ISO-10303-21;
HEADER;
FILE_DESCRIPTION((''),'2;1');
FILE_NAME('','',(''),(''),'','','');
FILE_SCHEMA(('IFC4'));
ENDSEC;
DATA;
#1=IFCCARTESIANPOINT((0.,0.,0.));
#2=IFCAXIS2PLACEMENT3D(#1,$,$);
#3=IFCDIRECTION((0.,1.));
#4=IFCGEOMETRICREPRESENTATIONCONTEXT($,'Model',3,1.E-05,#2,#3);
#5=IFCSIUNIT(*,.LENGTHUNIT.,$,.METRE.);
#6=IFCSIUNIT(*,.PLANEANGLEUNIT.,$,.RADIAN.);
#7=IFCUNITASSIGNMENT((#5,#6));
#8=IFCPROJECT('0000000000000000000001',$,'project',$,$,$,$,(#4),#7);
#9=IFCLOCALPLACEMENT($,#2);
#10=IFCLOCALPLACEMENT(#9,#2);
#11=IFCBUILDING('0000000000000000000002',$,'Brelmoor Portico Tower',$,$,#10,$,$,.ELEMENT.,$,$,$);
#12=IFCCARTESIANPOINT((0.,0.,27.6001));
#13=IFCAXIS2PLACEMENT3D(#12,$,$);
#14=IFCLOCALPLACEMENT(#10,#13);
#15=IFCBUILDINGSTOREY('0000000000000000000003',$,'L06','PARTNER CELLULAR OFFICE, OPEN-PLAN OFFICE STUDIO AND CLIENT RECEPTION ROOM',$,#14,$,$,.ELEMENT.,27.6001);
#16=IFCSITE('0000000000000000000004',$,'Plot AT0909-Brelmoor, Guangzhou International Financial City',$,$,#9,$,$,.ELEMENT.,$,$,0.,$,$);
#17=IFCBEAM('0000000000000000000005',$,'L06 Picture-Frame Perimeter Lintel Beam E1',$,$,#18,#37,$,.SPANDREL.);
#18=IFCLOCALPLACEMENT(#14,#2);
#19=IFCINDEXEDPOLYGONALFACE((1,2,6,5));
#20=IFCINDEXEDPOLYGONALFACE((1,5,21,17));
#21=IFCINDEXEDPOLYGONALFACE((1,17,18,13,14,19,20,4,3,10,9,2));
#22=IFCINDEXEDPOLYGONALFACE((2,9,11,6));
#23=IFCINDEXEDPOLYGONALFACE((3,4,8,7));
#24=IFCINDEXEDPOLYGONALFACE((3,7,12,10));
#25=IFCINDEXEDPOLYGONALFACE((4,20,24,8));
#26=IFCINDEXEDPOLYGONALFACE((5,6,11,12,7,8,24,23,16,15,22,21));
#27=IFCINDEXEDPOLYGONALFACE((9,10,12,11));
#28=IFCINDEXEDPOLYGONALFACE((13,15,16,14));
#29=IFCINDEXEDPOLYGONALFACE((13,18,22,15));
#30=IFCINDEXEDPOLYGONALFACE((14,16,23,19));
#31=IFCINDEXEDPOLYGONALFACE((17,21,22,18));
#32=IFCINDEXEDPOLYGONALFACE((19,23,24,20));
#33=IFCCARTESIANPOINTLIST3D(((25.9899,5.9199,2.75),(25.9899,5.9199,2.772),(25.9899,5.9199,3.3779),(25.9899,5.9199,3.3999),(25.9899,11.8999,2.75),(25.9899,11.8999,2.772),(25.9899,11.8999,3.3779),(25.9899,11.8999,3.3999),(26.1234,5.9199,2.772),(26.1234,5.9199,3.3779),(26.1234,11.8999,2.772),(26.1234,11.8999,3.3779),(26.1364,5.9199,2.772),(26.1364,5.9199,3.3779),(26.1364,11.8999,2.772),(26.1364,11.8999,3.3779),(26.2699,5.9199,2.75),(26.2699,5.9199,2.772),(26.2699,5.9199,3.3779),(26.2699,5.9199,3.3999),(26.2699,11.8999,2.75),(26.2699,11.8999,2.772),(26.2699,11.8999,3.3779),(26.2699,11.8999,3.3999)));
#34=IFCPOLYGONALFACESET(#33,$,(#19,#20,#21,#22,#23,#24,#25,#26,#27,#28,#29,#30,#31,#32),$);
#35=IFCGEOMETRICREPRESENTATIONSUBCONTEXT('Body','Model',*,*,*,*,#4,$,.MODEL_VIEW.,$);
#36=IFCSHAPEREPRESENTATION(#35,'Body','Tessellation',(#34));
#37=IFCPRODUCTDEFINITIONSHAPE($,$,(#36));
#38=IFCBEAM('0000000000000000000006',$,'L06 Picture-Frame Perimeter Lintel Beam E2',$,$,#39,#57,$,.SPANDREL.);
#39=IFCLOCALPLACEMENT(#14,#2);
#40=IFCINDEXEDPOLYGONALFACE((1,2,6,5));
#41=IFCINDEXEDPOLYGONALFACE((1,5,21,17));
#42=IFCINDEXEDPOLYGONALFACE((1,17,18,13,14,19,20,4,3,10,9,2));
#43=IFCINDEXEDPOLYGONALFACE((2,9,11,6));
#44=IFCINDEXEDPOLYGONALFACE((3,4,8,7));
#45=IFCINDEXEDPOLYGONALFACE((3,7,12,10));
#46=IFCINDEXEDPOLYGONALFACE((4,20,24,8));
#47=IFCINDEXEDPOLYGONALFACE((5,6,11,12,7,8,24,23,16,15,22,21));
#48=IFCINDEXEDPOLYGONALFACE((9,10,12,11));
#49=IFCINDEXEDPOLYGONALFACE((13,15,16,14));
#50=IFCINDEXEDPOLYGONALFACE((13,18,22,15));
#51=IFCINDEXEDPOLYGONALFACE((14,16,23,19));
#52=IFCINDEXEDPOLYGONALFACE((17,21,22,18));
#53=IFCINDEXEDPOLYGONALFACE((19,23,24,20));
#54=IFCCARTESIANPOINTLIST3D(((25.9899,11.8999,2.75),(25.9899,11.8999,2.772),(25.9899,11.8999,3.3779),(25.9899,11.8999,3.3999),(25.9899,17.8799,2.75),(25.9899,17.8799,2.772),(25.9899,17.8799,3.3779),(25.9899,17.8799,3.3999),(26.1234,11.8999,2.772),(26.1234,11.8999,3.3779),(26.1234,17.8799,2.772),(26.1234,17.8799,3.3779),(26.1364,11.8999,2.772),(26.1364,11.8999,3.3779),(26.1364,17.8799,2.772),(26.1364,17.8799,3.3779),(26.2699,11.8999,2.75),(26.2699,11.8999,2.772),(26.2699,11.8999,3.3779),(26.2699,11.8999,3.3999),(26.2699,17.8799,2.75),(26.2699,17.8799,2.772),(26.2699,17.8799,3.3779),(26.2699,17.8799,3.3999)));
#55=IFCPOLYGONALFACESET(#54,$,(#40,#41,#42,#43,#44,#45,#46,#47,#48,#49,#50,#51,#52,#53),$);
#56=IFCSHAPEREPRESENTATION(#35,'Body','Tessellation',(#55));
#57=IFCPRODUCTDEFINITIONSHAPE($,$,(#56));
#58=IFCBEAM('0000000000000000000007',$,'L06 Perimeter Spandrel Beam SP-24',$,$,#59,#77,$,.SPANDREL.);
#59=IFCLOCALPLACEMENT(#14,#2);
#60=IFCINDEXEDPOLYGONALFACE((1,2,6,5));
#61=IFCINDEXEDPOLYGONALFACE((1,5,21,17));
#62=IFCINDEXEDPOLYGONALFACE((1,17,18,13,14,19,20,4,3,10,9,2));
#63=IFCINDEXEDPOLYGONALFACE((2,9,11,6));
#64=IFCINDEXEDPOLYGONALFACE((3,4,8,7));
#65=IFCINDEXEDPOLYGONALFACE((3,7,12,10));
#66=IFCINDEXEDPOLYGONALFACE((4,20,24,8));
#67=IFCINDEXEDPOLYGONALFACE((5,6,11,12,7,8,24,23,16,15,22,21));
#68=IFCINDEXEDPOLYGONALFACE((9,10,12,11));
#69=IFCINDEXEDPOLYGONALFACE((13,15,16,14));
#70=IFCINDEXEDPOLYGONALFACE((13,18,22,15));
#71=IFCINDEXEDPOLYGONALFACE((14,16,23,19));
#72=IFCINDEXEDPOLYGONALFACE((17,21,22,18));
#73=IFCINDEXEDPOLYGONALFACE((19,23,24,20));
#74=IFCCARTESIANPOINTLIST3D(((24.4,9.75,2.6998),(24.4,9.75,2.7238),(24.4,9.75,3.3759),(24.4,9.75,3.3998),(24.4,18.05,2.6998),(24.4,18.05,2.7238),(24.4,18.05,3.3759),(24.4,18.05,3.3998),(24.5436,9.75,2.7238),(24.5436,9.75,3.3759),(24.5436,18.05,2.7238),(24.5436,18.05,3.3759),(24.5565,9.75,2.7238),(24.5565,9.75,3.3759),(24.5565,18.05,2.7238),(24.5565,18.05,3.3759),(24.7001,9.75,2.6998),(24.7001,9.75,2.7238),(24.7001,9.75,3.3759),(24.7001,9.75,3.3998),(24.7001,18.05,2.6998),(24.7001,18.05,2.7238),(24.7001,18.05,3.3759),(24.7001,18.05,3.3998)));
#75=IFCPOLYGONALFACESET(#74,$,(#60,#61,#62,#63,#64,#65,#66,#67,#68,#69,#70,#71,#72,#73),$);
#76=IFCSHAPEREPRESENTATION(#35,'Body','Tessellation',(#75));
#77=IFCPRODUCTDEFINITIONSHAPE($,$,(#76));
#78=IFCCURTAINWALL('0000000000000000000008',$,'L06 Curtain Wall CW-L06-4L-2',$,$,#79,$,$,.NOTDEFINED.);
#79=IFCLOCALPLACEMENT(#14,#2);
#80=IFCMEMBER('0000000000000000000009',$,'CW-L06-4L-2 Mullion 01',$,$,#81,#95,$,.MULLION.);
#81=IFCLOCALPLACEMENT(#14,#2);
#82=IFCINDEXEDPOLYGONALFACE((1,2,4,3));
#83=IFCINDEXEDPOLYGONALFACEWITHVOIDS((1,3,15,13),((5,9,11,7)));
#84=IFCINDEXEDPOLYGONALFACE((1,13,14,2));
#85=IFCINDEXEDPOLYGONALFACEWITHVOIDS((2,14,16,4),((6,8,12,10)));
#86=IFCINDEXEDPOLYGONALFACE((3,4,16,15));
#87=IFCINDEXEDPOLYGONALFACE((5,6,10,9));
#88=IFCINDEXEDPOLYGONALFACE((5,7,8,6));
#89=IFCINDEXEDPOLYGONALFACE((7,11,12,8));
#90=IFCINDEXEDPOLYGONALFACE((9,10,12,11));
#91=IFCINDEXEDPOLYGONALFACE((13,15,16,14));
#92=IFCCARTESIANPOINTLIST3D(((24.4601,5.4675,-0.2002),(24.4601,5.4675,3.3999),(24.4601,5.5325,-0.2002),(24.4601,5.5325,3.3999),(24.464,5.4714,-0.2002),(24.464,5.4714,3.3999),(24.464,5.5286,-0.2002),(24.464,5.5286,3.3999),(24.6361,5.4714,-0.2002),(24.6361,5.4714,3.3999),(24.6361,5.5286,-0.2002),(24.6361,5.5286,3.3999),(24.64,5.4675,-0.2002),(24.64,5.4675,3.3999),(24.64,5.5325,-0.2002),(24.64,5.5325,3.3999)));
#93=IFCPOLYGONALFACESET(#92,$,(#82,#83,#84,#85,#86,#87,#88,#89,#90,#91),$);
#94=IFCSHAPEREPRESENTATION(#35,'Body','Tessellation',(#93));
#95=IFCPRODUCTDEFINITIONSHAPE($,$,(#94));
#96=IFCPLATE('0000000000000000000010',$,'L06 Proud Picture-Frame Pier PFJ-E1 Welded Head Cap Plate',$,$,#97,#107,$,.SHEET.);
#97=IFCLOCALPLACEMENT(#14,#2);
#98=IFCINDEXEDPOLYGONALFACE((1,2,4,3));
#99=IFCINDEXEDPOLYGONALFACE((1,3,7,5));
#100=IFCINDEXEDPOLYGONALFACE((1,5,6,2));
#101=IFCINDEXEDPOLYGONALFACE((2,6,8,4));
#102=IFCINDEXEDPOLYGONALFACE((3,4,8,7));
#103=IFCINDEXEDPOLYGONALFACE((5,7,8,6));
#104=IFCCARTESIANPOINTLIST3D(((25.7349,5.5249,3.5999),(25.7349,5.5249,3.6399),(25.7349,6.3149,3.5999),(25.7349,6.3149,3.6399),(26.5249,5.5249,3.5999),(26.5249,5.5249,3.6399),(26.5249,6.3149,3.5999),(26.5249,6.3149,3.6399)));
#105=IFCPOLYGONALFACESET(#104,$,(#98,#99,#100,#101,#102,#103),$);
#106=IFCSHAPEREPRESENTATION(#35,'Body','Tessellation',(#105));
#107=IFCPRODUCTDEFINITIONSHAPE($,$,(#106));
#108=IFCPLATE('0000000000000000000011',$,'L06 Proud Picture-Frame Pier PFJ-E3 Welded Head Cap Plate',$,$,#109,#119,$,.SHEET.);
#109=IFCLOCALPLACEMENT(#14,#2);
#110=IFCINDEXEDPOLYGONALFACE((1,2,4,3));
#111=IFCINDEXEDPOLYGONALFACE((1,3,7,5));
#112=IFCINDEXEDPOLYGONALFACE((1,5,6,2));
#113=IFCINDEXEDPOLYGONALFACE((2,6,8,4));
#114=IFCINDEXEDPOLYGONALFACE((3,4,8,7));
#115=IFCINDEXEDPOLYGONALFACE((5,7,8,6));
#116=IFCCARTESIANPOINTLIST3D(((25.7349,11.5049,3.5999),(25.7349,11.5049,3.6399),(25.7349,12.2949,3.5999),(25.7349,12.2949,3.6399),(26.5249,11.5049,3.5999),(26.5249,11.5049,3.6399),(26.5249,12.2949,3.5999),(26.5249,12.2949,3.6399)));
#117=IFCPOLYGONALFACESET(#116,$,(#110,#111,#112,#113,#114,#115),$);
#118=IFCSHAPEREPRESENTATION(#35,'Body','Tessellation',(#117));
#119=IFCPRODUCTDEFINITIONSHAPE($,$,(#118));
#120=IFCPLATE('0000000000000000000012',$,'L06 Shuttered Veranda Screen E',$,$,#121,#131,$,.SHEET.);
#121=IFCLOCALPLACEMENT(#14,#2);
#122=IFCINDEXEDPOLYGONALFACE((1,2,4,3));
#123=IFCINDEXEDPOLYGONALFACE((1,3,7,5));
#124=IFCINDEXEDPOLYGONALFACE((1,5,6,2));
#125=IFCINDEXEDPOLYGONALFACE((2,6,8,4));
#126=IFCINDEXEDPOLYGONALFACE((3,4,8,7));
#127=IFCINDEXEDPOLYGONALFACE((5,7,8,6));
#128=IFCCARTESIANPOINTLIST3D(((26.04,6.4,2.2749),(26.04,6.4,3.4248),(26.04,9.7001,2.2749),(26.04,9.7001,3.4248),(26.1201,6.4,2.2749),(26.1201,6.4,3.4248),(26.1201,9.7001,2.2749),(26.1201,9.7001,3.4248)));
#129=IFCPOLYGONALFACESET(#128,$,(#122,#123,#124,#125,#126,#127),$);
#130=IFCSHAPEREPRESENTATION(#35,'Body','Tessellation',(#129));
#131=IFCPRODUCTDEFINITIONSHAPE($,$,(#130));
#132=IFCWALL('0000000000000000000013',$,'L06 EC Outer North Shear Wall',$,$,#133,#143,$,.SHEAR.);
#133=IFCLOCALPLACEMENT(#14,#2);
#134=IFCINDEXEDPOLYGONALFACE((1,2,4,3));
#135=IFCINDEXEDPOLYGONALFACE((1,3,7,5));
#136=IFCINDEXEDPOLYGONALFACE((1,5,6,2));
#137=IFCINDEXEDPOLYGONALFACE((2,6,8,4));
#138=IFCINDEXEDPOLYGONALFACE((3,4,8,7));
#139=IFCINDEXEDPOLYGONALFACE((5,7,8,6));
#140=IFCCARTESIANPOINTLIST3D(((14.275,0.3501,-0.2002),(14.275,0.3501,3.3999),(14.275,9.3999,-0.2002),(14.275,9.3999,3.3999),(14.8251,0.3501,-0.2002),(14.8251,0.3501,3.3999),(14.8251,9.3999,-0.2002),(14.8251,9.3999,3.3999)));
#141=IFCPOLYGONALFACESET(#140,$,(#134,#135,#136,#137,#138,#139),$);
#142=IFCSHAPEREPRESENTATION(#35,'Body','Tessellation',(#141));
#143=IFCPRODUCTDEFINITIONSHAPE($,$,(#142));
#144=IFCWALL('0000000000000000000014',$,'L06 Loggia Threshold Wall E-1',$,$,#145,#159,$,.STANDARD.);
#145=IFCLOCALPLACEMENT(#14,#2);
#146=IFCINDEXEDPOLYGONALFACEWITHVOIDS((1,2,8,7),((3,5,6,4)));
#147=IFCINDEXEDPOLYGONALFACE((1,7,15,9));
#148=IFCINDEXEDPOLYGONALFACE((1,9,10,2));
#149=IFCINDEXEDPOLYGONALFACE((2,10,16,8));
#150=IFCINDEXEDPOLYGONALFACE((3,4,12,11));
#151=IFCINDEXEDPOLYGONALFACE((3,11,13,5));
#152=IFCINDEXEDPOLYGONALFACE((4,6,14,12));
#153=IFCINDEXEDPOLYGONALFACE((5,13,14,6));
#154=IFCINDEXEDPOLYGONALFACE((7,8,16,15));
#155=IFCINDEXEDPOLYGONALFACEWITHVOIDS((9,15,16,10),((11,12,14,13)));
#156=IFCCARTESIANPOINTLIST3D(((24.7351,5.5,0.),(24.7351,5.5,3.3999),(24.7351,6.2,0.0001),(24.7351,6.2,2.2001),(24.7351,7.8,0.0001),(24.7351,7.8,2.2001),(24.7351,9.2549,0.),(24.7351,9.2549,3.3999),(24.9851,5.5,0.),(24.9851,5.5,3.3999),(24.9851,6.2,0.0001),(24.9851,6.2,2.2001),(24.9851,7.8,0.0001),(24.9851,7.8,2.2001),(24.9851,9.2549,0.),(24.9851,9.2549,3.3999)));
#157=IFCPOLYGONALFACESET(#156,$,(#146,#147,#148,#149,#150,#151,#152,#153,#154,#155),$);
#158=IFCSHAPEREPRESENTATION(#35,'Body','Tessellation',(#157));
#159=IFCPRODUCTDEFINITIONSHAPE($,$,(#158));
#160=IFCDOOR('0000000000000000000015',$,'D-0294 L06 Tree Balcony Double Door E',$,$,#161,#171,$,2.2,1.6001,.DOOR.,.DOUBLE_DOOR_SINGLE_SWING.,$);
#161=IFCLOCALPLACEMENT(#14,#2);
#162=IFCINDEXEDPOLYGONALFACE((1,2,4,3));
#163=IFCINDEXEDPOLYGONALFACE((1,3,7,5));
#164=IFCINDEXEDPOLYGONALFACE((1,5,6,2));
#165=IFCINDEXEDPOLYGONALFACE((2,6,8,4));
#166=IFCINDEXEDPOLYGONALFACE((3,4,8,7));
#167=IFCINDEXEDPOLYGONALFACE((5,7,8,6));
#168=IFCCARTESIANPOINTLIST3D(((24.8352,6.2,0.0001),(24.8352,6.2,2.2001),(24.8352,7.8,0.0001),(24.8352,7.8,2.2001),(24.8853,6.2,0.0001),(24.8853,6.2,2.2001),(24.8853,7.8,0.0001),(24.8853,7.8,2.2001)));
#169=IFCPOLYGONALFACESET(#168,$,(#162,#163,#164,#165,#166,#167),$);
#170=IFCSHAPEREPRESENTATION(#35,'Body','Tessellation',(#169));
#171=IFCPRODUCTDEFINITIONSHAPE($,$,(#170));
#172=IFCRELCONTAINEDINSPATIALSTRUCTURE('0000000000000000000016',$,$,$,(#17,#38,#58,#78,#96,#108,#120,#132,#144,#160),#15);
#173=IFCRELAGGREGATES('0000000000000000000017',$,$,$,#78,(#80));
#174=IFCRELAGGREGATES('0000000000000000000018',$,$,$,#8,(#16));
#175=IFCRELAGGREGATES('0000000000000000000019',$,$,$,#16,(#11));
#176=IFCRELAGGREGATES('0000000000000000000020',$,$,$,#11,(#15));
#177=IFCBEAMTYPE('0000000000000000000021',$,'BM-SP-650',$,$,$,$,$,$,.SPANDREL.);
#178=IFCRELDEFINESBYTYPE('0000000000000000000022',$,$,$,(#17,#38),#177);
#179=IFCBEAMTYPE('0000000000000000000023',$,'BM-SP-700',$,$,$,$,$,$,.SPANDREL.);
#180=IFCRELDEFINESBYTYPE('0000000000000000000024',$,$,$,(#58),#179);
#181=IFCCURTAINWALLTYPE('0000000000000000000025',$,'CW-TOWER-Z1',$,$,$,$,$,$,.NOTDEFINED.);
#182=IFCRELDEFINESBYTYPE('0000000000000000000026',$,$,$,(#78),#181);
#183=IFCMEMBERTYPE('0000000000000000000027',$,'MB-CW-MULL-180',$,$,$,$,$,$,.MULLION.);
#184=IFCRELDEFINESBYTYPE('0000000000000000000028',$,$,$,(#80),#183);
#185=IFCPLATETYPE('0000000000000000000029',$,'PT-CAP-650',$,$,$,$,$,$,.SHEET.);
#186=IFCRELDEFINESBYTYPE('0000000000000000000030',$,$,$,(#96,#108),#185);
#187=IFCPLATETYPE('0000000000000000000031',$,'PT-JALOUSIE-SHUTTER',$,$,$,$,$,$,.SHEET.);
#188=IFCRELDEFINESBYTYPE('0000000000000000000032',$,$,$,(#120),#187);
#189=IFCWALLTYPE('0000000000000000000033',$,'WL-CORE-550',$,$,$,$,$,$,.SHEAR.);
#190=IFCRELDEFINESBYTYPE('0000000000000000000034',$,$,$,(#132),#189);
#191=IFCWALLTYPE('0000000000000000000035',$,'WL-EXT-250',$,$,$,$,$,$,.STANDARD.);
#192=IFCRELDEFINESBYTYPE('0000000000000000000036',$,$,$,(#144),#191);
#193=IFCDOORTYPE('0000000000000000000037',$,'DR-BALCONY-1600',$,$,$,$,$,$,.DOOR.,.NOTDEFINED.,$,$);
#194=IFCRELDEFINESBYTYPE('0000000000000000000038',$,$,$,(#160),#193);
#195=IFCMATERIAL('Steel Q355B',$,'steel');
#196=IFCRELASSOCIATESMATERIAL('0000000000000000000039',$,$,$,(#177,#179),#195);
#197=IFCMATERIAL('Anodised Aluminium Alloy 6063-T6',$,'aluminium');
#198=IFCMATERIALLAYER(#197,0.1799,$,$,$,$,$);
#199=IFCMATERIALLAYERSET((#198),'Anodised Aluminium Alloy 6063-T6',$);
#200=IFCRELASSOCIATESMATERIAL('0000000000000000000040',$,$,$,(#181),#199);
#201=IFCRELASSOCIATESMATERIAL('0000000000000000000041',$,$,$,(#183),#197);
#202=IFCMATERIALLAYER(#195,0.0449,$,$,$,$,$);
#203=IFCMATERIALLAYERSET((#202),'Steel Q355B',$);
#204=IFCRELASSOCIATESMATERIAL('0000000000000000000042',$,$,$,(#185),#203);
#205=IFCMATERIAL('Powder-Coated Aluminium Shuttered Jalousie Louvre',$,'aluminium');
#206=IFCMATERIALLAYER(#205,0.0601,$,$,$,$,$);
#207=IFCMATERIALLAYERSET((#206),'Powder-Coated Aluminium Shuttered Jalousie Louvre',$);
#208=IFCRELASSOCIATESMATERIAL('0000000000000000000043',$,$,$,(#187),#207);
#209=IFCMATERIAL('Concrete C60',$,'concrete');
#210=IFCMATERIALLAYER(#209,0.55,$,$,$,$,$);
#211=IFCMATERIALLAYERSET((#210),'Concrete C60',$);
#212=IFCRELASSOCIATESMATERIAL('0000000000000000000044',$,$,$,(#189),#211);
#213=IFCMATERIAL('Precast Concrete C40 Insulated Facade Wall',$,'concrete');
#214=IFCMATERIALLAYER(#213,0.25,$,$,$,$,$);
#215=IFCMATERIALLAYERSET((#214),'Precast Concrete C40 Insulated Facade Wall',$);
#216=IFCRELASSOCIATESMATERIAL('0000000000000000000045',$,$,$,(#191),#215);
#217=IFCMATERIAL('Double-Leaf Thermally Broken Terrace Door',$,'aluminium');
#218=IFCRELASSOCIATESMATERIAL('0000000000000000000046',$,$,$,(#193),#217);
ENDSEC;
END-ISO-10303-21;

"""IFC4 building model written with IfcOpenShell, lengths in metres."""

from ifc_helpers import new_model, si_unit, direction, frame, frame_2d, origin, origin_2d, place, context, subcontext, project, spatial, rectangle, hollow_rectangle, i_section, extrude, material, layer, layer_set, material_profile, profile_set, type_object, element, fill, aggregate, save


model = new_model("IFC4")

# Units and contexts
model_context = context("Model", 3, precision=1e-05, world=origin(), true_north=direction((0.0, 1.0)))
body_context = subcontext(model_context, "Body", "Model", "MODEL_VIEW")
ifc_project = project(units=[si_unit("LENGTHUNIT", "METRE"), si_unit("PLANEANGLEUNIT", "RADIAN")], contexts=[model_context])

# Site, building, storey
site_placement = place(None, origin())
site = spatial("IfcSite", under=ifc_project, at=site_placement, Name="Plot AT0909-Brelmoor, Guangzhou International Financial City", CompositionType="ELEMENT", RefElevation=0.0)
building_placement = place(site_placement, origin())
building = spatial("IfcBuilding", under=site, at=building_placement, Name="Brelmoor Portico Tower", CompositionType="ELEMENT")
storey_placement = place(building_placement, frame((0.0, 0.0, 27.6001)))
storey = spatial("IfcBuildingStorey", under=building, at=storey_placement, Name="L06", Description="PARTNER CELLULAR OFFICE, OPEN-PLAN OFFICE STUDIO AND CLIENT RECEPTION ROOM", CompositionType="ELEMENT", Elevation=27.6001)

# Shared definitions
ifc_material_1 = material(Name="Steel Q355B", Category="steel")

# Beams
ifc_material_profile_1 = material_profile(ifc_material_1, i_section(OverallWidth=0.28, OverallDepth=0.6499, WebThickness=0.0129, FlangeThickness=0.022, at=origin_2d()), Name="HN 650x280x13x22")
ifc_profile_set_1 = profile_set([ifc_material_profile_1], Name="Steel Q355B")
beam_type_1 = type_object("IfcBeamType", Name="BM-SP-650", PredefinedType="SPANDREL", material=ifc_profile_set_1)
for number, where, z_axis, x_axis, name in (
    (1, (26.1299, 5.9199, 3.075), (0.0, 1.0, 0.0), (-1.0, 0.0, 0.0), "L06 Picture-Frame Perimeter Lintel Beam E1"),
    (2, (26.1299, 11.8999, 3.075), (0.0, 1.0, 0.0), (-1.0, 0.0, 0.0), "L06 Picture-Frame Perimeter Lintel Beam E2"),
):
    element("IfcBeam", number, at=place(storey_placement, frame(where, z_axis=z_axis, x_axis=x_axis)), inside=storey, type_object=beam_type_1, Name=name, PredefinedType="SPANDREL", context=body_context, shape_type="SweptSolid", body=[
        extrude(i_section(OverallWidth=0.28, OverallDepth=0.6499, WebThickness=0.0129, FlangeThickness=0.022, at=origin_2d()), origin(), (0.0, 0.0, 1.0), 5.98),
    ])
ifc_material_profile_2 = material_profile(ifc_material_1, i_section(OverallWidth=0.3, OverallDepth=0.7, WebThickness=0.0129, FlangeThickness=0.0239, at=origin_2d()), Name="HN 700x300x13x24")
ifc_profile_set_2 = profile_set([ifc_material_profile_2], Name="Steel Q355B")
beam_type_2 = type_object("IfcBeamType", Name="BM-SP-700", PredefinedType="SPANDREL", material=ifc_profile_set_2)
beam_1_placement = place(storey_placement, frame((24.55, 9.75, 3.0498), z_axis=(0.0, 1.0, 0.0), x_axis=(-1.0, 0.0, 0.0)))
element("IfcBeam", 3, at=beam_1_placement, inside=storey, type_object=beam_type_2, Name="L06 Perimeter Spandrel Beam SP-24", PredefinedType="SPANDREL", context=body_context, shape_type="SweptSolid", body=[
    extrude(i_section(OverallWidth=0.3, OverallDepth=0.7, WebThickness=0.0129, FlangeThickness=0.0239, at=origin_2d()), origin(), (0.0, 0.0, 1.0), 8.3),
])

# Curtain wall, member
ifc_material_2 = material(Name="Anodised Aluminium Alloy 6063-T6", Category="aluminium")
ifc_layer_1 = layer(ifc_material_2, 0.1799)
ifc_layer_set_1 = layer_set([ifc_layer_1], Name="Anodised Aluminium Alloy 6063-T6")
curtain_wall_type = type_object("IfcCurtainWallType", Name="CW-TOWER-Z1", PredefinedType="NOTDEFINED", material=ifc_layer_set_1)
curtain_wall_placement = place(storey_placement, origin())
curtain_wall = element("IfcCurtainWall", 4, at=curtain_wall_placement, inside=storey, type_object=curtain_wall_type, Name="L06 Curtain Wall CW-L06-4L-2", PredefinedType="NOTDEFINED")
ifc_material_profile_3 = material_profile(ifc_material_2, hollow_rectangle(XDim=0.0649, YDim=0.1799, WallThickness=0.0039, at=origin_2d()), Name="ALU MULLION 65x180")
ifc_profile_set_3 = profile_set([ifc_material_profile_3], Name="Anodised Aluminium Alloy 6063-T6")
member_type = type_object("IfcMemberType", Name="MB-CW-MULL-180", PredefinedType="MULLION", material=ifc_profile_set_3)
member_placement = place(storey_placement, frame((24.55, 5.5, -0.2002), z_axis=(0.0, 0.0, 1.0), x_axis=(0.0, 1.0, 0.0)))
member = element("IfcMember", 5, at=member_placement, type_object=member_type, Name="CW-L06-4L-2 Mullion 01", PredefinedType="MULLION", context=body_context, shape_type="SweptSolid", body=[
    extrude(hollow_rectangle(XDim=0.0649, YDim=0.1799, WallThickness=0.0039, at=origin_2d()), origin(), (0.0, 0.0, 1.0), 3.6001),
])
aggregate(curtain_wall, [member])

# Plates
ifc_layer_2 = layer(ifc_material_1, 0.0449)
ifc_layer_set_2 = layer_set([ifc_layer_2], Name="Steel Q355B")
plate_type_1 = type_object("IfcPlateType", Name="PT-CAP-650", PredefinedType="SHEET", material=ifc_layer_set_2)
for number, where, z_axis, x_axis, name in (
    (6, (26.1299, 5.9199, 3.5999), (0.0, 0.0, 1.0), (0.0, 1.0, 0.0), "L06 Proud Picture-Frame Pier PFJ-E1 Welded Head Cap Plate"),
    (7, (26.1299, 11.8999, 3.5999), (0.0, 0.0, 1.0), (0.0, 1.0, 0.0), "L06 Proud Picture-Frame Pier PFJ-E3 Welded Head Cap Plate"),
):
    element("IfcPlate", number, at=place(storey_placement, frame(where, z_axis=z_axis, x_axis=x_axis)), inside=storey, type_object=plate_type_1, Name=name, PredefinedType="SHEET", context=body_context, shape_type="SweptSolid", body=[
        extrude(rectangle(XDim=0.79, YDim=0.79, at=origin_2d()), origin(), (0.0, 0.0, 1.0), 0.04),
    ])
ifc_material_3 = material(Name="Powder-Coated Aluminium Shuttered Jalousie Louvre", Category="aluminium")
ifc_layer_3 = layer(ifc_material_3, 0.0601)
ifc_layer_set_3 = layer_set([ifc_layer_3], Name="Powder-Coated Aluminium Shuttered Jalousie Louvre")
plate_type_2 = type_object("IfcPlateType", Name="PT-JALOUSIE-SHUTTER", PredefinedType="SHEET", material=ifc_layer_set_3)
plate_placement = place(storey_placement, frame((26.0801, 8.05, 2.2749), z_axis=(0.0, 0.0, 1.0), x_axis=(0.0, 1.0, 0.0)))
element("IfcPlate", 8, at=plate_placement, inside=storey, type_object=plate_type_2, Name="L06 Shuttered Veranda Screen E", PredefinedType="SHEET", context=body_context, shape_type="SweptSolid", body=[
    extrude(rectangle(XDim=3.3, YDim=0.0801, at=origin_2d()), origin(), (0.0, 0.0, 1.0), 1.1499),
])

# Wall
ifc_material_4 = material(Name="Concrete C60", Category="concrete")
ifc_layer_4 = layer(ifc_material_4, 0.55)
ifc_layer_set_4 = layer_set([ifc_layer_4], Name="Concrete C60")
wall_type_1 = type_object("IfcWallType", Name="WL-CORE-550", PredefinedType="SHEAR", material=ifc_layer_set_4)
wall_1_placement = place(storey_placement, frame((14.55, 0.3501, -0.2002), z_axis=(0.0, 0.0, 1.0), x_axis=(0.0, 1.0, 0.0)))
element("IfcWall", 9, at=wall_1_placement, inside=storey, type_object=wall_type_1, Name="L06 EC Outer North Shear Wall", PredefinedType="SHEAR", context=body_context, shape_type="SweptSolid", body=[
    extrude(rectangle(XDim=9.0498, YDim=0.55, at=frame_2d((4.5249, 0.0))), origin(), (0.0, 0.0, 1.0), 3.6001),
])

# Wall, opening, door
ifc_material_5 = material(Name="Precast Concrete C40 Insulated Facade Wall", Category="concrete")
ifc_layer_5 = layer(ifc_material_5, 0.25)
ifc_layer_set_5 = layer_set([ifc_layer_5], Name="Precast Concrete C40 Insulated Facade Wall")
wall_type_2 = type_object("IfcWallType", Name="WL-EXT-250", PredefinedType="STANDARD", material=ifc_layer_set_5)
wall_2_placement = place(storey_placement, frame((24.8601, 5.5, 0.0), z_axis=(0.0, 0.0, 1.0), x_axis=(0.0, 1.0, 0.0)))
wall_2 = element("IfcWall", 10, at=wall_2_placement, inside=storey, type_object=wall_type_2, Name="L06 Loggia Threshold Wall E-1", PredefinedType="STANDARD", context=body_context, shape_type="SweptSolid", body=[
    extrude(rectangle(XDim=3.7549, YDim=0.25, at=frame_2d((1.8774, 0.0))), origin(), (0.0, 0.0, 1.0), 3.3999),
])
opening_1_placement = place(wall_2_placement, frame((0.7, 0.0, 0.0)))
opening_1 = element("IfcOpeningElement", 11, at=opening_1_placement, cuts=wall_2, PredefinedType="OPENING", context=body_context, shape_type="SweptSolid", body=[
    extrude(rectangle(XDim=1.6001, YDim=2.2, at=frame_2d((0.8, 1.1001))), frame((0.0, 0.135, 0.0), z_axis=(0.0, -1.0, 0.0), x_axis=(1.0, 0.0, 0.0)), (0.0, 0.0, 1.0), 0.27),
])
ifc_material_6 = material(Name="Double-Leaf Thermally Broken Terrace Door", Category="aluminium")
door_type = type_object("IfcDoorType", Name="DR-BALCONY-1600", OperationType="NOTDEFINED", PredefinedType="DOOR", material=ifc_material_6)
door_placement = place(opening_1_placement, origin())
door = element("IfcDoor", 12, at=door_placement, inside=storey, type_object=door_type, Name="D-0294 L06 Tree Balcony Double Door E", OperationType="DOUBLE_DOOR_SINGLE_SWING", OverallHeight=2.2, OverallWidth=1.6001, PredefinedType="DOOR", context=body_context, shape_type="SweptSolid", body=[
    extrude(rectangle(XDim=1.6001, YDim=2.2, at=frame_2d((0.8, 1.1001))), frame((0.0, 0.0249, 0.0), z_axis=(0.0, -1.0, 0.0), x_axis=(1.0, 0.0, 0.0)), (0.0, 0.0, 1.0), 0.05),
])
fill(opening_1, door)

save(model, "model.ifc")
